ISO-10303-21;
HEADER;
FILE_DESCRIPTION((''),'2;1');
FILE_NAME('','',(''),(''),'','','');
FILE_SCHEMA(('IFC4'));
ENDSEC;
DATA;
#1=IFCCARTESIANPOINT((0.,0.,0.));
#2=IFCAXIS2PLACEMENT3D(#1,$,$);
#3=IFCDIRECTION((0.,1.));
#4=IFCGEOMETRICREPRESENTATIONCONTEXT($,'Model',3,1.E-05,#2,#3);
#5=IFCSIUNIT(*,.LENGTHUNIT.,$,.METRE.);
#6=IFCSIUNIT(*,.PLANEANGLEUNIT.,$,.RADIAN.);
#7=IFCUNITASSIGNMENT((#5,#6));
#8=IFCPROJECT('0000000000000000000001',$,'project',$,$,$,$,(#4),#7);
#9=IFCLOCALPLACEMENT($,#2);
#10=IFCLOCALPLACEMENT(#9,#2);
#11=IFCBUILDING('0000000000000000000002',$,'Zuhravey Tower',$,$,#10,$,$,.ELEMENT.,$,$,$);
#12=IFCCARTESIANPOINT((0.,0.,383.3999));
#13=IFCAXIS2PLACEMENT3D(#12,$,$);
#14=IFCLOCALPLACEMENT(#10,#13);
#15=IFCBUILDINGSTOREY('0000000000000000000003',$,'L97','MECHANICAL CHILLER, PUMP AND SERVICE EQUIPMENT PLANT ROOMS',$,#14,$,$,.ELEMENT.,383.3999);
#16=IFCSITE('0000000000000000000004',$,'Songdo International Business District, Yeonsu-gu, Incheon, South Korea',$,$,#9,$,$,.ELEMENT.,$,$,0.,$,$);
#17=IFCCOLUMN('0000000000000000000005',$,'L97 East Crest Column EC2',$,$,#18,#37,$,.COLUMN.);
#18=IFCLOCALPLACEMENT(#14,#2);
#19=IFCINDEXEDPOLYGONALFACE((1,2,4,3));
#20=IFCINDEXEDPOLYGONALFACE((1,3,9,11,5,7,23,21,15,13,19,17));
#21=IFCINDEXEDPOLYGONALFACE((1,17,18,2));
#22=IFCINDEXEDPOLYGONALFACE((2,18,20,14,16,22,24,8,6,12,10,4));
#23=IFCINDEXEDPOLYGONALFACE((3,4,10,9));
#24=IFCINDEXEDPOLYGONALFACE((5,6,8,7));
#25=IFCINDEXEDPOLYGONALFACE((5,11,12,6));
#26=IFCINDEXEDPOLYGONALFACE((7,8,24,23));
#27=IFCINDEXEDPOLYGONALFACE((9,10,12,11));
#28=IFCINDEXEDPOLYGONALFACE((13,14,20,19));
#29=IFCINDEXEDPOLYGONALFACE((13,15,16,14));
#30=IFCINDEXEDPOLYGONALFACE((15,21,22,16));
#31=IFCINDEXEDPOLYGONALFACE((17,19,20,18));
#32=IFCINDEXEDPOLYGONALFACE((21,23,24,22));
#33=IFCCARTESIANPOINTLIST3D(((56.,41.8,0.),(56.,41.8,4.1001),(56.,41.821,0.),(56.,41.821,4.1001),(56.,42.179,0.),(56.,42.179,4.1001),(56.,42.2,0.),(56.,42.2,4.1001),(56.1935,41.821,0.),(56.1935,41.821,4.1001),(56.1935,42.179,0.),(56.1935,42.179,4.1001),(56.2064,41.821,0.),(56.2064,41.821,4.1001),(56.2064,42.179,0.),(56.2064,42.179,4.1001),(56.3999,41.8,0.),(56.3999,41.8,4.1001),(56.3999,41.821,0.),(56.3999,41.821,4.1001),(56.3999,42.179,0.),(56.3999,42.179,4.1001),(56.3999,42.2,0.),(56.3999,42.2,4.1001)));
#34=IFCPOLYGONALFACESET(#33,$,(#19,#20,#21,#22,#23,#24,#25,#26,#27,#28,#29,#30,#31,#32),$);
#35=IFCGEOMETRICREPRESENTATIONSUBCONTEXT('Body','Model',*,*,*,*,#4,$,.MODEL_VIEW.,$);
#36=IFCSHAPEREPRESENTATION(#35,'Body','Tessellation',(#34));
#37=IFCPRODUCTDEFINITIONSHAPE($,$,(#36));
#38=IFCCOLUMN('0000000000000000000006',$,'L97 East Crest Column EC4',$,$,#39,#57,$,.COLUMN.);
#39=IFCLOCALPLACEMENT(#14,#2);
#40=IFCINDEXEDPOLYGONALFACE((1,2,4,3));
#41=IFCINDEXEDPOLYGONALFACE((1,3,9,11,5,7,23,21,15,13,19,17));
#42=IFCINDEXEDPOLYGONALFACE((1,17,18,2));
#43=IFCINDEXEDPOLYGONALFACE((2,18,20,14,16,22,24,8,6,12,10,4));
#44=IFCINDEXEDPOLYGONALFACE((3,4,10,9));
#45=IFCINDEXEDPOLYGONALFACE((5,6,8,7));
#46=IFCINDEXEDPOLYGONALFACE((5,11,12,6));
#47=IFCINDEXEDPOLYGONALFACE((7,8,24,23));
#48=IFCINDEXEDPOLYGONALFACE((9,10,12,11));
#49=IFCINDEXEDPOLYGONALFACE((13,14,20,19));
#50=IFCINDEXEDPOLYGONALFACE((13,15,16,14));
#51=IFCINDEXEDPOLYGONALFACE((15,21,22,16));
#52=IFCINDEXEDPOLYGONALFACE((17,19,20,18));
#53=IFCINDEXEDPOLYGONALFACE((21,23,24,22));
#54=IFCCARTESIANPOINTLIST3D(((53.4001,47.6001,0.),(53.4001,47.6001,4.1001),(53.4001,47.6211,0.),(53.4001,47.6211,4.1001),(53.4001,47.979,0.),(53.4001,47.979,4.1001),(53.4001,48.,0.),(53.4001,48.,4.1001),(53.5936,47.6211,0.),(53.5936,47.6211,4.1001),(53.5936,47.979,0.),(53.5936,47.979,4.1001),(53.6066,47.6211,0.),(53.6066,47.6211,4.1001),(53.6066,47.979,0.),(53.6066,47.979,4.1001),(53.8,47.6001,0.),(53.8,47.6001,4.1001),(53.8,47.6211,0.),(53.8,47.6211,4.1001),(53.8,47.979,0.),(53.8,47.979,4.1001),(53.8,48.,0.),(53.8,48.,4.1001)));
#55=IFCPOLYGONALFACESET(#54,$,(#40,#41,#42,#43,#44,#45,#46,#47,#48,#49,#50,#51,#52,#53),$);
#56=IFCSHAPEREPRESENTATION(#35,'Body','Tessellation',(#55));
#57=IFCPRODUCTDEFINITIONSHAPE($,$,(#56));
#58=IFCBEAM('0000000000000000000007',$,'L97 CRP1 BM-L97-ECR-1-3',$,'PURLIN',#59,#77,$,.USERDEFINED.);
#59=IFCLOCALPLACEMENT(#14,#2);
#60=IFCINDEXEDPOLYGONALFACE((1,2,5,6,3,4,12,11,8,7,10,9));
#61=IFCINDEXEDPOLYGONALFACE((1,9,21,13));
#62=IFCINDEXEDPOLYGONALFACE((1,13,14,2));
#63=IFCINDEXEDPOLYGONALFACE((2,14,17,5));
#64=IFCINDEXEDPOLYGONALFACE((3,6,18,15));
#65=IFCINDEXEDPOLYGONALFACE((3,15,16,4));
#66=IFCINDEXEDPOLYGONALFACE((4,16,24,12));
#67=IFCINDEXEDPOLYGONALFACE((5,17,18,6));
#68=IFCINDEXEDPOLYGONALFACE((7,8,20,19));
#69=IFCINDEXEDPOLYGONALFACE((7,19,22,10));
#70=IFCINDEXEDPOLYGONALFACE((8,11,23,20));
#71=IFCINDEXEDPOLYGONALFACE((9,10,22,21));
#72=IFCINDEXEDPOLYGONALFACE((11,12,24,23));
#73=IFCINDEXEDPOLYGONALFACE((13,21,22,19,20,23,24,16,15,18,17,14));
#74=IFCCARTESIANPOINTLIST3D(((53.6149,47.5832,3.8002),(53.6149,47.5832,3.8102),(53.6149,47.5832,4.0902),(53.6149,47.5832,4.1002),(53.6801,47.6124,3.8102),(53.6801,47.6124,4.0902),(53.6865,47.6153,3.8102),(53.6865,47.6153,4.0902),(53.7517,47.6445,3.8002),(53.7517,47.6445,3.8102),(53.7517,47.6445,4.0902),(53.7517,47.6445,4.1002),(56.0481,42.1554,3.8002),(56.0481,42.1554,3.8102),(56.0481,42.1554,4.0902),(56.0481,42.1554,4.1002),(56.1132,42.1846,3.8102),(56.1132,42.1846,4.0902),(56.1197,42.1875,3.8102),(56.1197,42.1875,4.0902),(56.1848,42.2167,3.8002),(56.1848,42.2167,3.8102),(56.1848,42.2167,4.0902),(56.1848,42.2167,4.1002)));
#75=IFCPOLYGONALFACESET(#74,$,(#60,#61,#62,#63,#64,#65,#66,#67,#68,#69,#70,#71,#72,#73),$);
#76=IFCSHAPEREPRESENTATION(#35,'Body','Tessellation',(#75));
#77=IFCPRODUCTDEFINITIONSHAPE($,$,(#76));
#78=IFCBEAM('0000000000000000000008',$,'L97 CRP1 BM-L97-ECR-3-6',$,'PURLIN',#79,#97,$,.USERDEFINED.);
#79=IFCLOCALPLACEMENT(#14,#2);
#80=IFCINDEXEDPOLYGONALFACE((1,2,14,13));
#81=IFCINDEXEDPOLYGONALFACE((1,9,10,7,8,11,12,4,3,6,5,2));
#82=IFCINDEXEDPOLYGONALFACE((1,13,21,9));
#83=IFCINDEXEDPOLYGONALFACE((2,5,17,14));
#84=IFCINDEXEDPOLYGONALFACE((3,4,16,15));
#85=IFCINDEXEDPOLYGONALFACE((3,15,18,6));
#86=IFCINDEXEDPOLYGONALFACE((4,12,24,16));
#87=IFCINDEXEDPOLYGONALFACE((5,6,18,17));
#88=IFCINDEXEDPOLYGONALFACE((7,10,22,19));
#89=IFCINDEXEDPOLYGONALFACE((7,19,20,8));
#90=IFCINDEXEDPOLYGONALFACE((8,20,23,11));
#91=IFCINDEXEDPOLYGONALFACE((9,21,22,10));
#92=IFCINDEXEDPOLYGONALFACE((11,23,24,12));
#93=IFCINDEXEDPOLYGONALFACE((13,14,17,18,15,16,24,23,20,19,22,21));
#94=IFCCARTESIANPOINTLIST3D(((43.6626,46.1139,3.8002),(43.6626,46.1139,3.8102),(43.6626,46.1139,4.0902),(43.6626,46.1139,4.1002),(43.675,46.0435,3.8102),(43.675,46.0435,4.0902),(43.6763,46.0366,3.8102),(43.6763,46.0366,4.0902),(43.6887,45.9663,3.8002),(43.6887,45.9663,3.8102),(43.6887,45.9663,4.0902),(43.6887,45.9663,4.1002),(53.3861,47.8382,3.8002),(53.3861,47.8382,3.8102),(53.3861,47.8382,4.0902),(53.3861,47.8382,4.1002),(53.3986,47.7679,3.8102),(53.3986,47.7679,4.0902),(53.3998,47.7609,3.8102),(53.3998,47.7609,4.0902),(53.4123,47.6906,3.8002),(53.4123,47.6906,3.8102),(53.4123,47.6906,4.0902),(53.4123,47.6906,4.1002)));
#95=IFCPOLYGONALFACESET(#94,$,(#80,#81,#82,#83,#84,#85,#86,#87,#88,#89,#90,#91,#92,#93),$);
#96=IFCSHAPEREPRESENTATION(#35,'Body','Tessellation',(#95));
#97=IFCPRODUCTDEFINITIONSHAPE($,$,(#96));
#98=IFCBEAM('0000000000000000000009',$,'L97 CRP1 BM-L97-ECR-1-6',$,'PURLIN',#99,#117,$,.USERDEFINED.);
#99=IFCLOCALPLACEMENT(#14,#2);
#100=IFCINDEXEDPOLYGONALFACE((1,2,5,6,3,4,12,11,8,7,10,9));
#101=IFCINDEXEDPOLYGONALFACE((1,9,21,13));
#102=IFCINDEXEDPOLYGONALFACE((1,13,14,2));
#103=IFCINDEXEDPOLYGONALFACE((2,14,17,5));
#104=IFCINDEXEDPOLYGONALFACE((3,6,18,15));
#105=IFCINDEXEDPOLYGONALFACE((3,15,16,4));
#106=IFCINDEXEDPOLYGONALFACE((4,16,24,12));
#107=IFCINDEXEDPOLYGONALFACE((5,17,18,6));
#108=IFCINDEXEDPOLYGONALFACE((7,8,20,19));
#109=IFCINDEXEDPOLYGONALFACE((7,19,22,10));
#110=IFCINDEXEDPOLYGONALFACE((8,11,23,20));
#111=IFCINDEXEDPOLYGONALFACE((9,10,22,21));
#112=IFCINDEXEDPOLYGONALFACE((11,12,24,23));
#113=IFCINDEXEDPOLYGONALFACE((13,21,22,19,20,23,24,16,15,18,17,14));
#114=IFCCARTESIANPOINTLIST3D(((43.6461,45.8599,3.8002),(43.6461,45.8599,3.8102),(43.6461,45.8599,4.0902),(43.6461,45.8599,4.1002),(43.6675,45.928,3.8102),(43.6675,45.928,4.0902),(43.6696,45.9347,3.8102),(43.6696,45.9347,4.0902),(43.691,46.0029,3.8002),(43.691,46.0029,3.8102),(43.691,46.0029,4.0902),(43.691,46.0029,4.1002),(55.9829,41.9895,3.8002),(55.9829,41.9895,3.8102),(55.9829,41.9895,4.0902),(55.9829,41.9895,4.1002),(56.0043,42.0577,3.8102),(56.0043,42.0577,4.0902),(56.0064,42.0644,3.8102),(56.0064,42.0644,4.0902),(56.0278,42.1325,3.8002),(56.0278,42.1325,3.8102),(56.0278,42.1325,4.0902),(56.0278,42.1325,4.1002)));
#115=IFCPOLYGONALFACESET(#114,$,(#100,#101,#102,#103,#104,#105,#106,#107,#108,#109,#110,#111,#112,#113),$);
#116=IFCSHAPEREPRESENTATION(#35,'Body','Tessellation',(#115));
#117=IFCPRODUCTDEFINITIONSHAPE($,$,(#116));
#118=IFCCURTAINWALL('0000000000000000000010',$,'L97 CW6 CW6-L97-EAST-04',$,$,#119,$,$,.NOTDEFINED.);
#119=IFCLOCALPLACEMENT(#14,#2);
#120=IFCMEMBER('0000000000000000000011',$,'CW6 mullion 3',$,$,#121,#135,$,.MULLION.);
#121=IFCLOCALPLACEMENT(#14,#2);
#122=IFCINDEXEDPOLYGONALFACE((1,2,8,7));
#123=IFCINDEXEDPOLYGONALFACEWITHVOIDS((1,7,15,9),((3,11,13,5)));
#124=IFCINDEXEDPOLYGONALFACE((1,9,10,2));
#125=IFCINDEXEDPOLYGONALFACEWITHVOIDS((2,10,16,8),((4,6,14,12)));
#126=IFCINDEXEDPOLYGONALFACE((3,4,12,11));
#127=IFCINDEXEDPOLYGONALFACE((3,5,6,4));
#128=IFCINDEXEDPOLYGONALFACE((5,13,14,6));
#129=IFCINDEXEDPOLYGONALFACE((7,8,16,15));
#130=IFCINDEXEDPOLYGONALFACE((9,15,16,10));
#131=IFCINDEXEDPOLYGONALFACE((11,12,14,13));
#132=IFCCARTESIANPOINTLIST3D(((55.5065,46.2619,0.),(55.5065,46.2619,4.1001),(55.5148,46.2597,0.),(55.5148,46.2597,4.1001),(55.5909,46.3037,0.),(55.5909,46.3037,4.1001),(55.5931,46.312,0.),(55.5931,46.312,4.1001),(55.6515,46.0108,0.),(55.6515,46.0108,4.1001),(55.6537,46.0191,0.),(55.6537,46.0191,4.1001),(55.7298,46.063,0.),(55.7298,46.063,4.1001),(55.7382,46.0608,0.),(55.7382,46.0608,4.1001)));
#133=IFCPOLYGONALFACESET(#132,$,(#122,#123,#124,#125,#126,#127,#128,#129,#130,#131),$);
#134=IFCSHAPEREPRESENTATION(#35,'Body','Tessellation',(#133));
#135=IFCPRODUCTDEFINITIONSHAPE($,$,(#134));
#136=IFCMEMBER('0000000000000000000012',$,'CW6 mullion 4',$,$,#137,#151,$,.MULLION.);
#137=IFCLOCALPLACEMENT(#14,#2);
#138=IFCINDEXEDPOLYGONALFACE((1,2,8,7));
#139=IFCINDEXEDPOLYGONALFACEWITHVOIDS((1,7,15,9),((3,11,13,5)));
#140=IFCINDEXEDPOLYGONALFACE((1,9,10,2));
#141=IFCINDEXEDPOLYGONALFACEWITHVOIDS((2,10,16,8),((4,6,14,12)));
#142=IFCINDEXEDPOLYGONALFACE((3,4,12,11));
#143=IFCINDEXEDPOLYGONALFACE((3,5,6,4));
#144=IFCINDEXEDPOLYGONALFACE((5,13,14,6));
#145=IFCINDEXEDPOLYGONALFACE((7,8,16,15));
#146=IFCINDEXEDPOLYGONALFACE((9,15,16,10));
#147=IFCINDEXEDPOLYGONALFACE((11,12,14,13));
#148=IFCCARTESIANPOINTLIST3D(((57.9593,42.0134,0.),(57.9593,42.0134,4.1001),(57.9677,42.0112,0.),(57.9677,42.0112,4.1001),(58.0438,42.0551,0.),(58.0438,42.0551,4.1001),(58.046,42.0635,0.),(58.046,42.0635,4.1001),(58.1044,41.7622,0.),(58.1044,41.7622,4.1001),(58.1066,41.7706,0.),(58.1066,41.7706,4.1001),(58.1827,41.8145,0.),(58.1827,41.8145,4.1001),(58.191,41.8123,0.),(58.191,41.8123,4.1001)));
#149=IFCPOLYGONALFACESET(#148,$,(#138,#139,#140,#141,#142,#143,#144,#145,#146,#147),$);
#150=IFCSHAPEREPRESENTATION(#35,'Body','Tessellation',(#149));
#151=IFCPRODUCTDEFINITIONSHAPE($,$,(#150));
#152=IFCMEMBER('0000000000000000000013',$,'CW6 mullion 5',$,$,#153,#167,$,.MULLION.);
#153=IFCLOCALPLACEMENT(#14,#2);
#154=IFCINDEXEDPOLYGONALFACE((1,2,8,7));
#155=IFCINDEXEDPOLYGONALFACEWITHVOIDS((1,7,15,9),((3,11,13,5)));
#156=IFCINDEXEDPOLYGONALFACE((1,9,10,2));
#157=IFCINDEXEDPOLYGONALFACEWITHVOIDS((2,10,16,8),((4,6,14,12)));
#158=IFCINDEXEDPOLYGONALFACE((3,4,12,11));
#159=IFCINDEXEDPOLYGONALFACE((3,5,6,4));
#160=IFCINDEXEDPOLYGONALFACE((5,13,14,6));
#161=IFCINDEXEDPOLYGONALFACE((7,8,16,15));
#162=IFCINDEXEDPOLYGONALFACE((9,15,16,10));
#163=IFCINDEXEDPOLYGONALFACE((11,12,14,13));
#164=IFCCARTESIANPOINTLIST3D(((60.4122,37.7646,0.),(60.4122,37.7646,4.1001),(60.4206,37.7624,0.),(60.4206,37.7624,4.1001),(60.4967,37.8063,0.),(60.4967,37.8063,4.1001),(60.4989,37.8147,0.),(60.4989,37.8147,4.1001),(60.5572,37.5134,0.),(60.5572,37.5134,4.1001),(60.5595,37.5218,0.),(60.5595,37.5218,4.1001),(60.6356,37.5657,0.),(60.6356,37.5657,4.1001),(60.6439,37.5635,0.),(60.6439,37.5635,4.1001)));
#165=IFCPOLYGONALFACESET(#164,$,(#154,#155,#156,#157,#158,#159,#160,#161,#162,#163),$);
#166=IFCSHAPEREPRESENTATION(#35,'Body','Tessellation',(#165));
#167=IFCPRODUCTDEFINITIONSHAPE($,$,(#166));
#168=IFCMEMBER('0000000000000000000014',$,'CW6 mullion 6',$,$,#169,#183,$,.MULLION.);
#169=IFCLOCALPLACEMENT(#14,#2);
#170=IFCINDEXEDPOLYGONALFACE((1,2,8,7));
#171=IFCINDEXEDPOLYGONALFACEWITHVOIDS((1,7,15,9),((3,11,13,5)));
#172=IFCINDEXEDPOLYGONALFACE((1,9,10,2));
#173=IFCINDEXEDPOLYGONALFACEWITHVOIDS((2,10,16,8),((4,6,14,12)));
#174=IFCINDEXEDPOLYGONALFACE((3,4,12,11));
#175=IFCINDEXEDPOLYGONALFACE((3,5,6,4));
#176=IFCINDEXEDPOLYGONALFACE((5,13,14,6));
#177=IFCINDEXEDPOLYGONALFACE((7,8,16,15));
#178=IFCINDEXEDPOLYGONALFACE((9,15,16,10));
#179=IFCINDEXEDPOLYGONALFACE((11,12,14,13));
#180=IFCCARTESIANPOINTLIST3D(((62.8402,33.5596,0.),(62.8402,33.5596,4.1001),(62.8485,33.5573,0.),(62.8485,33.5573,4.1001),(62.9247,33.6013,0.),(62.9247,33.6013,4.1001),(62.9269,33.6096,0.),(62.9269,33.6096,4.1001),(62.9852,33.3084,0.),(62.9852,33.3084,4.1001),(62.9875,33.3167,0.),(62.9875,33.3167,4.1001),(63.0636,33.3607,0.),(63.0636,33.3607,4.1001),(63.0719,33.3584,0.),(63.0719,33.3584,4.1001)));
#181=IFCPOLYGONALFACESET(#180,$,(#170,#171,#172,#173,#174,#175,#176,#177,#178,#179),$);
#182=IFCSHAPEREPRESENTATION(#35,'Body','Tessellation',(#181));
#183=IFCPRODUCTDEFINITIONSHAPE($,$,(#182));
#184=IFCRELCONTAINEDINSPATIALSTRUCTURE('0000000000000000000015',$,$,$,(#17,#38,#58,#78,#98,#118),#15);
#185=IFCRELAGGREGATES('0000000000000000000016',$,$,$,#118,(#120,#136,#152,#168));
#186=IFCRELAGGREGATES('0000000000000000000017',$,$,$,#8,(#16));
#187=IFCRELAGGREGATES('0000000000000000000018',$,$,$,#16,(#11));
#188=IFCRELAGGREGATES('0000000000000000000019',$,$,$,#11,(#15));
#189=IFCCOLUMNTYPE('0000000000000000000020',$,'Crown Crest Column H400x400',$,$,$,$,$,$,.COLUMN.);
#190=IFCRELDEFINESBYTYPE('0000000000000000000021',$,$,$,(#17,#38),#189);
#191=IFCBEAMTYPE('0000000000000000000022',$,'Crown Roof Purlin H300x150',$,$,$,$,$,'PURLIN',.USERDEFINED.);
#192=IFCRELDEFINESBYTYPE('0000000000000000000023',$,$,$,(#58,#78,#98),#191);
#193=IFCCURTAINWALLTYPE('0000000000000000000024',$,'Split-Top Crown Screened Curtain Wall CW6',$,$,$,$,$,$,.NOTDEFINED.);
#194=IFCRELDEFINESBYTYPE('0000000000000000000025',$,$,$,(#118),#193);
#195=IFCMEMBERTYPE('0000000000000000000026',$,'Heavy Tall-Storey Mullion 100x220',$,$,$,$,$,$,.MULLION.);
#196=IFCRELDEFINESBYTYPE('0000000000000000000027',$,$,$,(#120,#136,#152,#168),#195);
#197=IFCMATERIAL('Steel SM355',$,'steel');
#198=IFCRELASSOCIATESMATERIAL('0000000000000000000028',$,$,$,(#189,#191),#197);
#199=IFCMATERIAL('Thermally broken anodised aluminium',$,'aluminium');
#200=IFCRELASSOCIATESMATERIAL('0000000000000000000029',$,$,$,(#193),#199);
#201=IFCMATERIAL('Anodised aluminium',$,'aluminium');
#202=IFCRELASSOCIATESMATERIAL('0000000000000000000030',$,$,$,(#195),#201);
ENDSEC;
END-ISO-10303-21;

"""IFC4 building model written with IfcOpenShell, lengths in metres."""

from ifc_helpers import new_model, si_unit, direction, frame, origin, origin_2d, place, context, subcontext, project, spatial, hollow_rectangle, i_section, extrude, material, material_profile, profile_set, type_object, element, aggregate, save


model = new_model("IFC4")

# Units and contexts
model_context = context("Model", 3, precision=1e-05, world=origin(), true_north=direction((0.0, 1.0)))
body_context = subcontext(model_context, "Body", "Model", "MODEL_VIEW")
ifc_project = project(units=[si_unit("LENGTHUNIT", "METRE"), si_unit("PLANEANGLEUNIT", "RADIAN")], contexts=[model_context])

# Site, building, storey
site_placement = place(None, origin())
site = spatial("IfcSite", under=ifc_project, at=site_placement, Name="Songdo International Business District, Yeonsu-gu, Incheon, South Korea", CompositionType="ELEMENT", RefElevation=0.0)
building_placement = place(site_placement, origin())
building = spatial("IfcBuilding", under=site, at=building_placement, Name="Zuhravey Tower", CompositionType="ELEMENT")
storey_placement = place(building_placement, frame((0.0, 0.0, 383.3999)))
storey = spatial("IfcBuildingStorey", under=building, at=storey_placement, Name="L97", Description="MECHANICAL CHILLER, PUMP AND SERVICE EQUIPMENT PLANT ROOMS", CompositionType="ELEMENT", Elevation=383.3999)

# Columns
ifc_material_1 = material(Name="Steel SM355", Category="steel")
ifc_material_profile_1 = material_profile(ifc_material_1, i_section(OverallWidth=0.3999, OverallDepth=0.3999, WebThickness=0.0129, FlangeThickness=0.021, at=origin_2d()), Name="H-400x400x13x21")
ifc_profile_set_1 = profile_set([ifc_material_profile_1], Name="Steel SM355")
column_type = type_object("IfcColumnType", Name="Crown Crest Column H400x400", PredefinedType="COLUMN", material=ifc_profile_set_1)
for number, where, z_axis, x_axis, name in (
    (1, (56.2, 42.0, 0.0), (0.0, 0.0, 1.0), (1.0, 0.0, 0.0), "L97 East Crest Column EC2"),
    (2, (53.6001, 47.8, 0.0), (0.0, 0.0, 1.0), (1.0, 0.0, 0.0), "L97 East Crest Column EC4"),
):
    element("IfcColumn", number, at=place(storey_placement, frame(where, z_axis=z_axis, x_axis=x_axis)), inside=storey, type_object=column_type, Name=name, PredefinedType="COLUMN", context=body_context, shape_type="SweptSolid", body=[
        extrude(i_section(OverallWidth=0.3999, OverallDepth=0.3999, WebThickness=0.0129, FlangeThickness=0.021, at=origin_2d()), origin(), (0.0, 0.0, 1.0), 4.1001),
    ])

# Beams
ifc_material_profile_2 = material_profile(ifc_material_1, i_section(OverallWidth=0.1499, OverallDepth=0.3, WebThickness=0.0071, FlangeThickness=0.01, at=origin_2d()), Name="H-300x150x7x10")
ifc_profile_set_2 = profile_set([ifc_material_profile_2], Name="Steel SM355")
beam_type = type_object("IfcBeamType", Name="Crown Roof Purlin H300x150", ElementType="PURLIN", PredefinedType="USERDEFINED", material=ifc_profile_set_2)
beam_1_placement = place(storey_placement, frame((56.1165, 42.186, 3.9502), z_axis=(-0.409054, 0.91251, 0.0), x_axis=(-0.91251, -0.409054, 0.0)))
element("IfcBeam", 3, at=beam_1_placement, inside=storey, type_object=beam_type, Name="L97 CRP1 BM-L97-ECR-1-3", ObjectType="PURLIN", PredefinedType="USERDEFINED", context=body_context, shape_type="SweptSolid", body=[
    extrude(i_section(OverallWidth=0.1499, OverallDepth=0.3, WebThickness=0.0071, FlangeThickness=0.01, at=origin_2d()), origin(), (0.0, 0.0, 1.0), 5.9482),
])
beam_2_placement = place(storey_placement, frame((53.3992, 47.7644, 3.9502), z_axis=(-0.984637, -0.174613, 0.0), x_axis=(0.174613, -0.984637, 0.0)))
element("IfcBeam", 4, at=beam_2_placement, inside=storey, type_object=beam_type, Name="L97 CRP1 BM-L97-ECR-3-6", ObjectType="PURLIN", PredefinedType="USERDEFINED", context=body_context, shape_type="SweptSolid", body=[
    extrude(i_section(OverallWidth=0.1499, OverallDepth=0.3, WebThickness=0.0071, FlangeThickness=0.01, at=origin_2d()), origin(), (0.0, 0.0, 1.0), 9.8752),
])
beam_3_placement = place(storey_placement, frame((56.0054, 42.061, 3.9502), z_axis=(-0.954147, 0.299337, 0.0), x_axis=(-0.299337, -0.954147, 0.0)))
element("IfcBeam", 5, at=beam_3_placement, inside=storey, type_object=beam_type, Name="L97 CRP1 BM-L97-ECR-1-6", ObjectType="PURLIN", PredefinedType="USERDEFINED", context=body_context, shape_type="SweptSolid", body=[
    extrude(i_section(OverallWidth=0.1499, OverallDepth=0.3, WebThickness=0.0071, FlangeThickness=0.01, at=origin_2d()), origin(), (0.0, 0.0, 1.0), 12.9297),
])

# Curtain wall, members
ifc_material_2 = material(Name="Thermally broken anodised aluminium", Category="aluminium")
curtain_wall_type = type_object("IfcCurtainWallType", Name="Split-Top Crown Screened Curtain Wall CW6", PredefinedType="NOTDEFINED", material=ifc_material_2)
curtain_wall_1_placement = place(storey_placement, origin())
curtain_wall_1 = element("IfcCurtainWall", 6, at=curtain_wall_1_placement, inside=storey, type_object=curtain_wall_type, Name="L97 CW6 CW6-L97-EAST-04", PredefinedType="NOTDEFINED")
ifc_material_3 = material(Name="Anodised aluminium", Category="aluminium")
ifc_material_profile_3 = material_profile(ifc_material_3, hollow_rectangle(XDim=0.1001, YDim=0.29, WallThickness=0.0061, at=origin_2d()), Name="ALU-RHS-100x290x6")
ifc_profile_set_3 = profile_set([ifc_material_profile_3], Name="Anodised aluminium")
member_type_1 = type_object("IfcMemberType", Name="Heavy Tall-Storey Mullion 100x220", PredefinedType="MULLION", material=ifc_profile_set_3)
member_1_placement = place(storey_placement, frame((55.6223, 46.1614, 0.0), z_axis=(0.0, 0.0, 1.0), x_axis=(0.866027, 0.499997, 0.0)))
member_1 = element("IfcMember", 7, at=member_1_placement, type_object=member_type_1, Name="CW6 mullion 3", PredefinedType="MULLION", context=body_context, shape_type="SweptSolid", body=[
    extrude(hollow_rectangle(XDim=0.1001, YDim=0.29, WallThickness=0.0061, at=origin_2d()), origin(), (0.0, 0.0, 1.0), 4.1001),
])
member_2_placement = place(storey_placement, frame((58.0752, 41.9128, 0.0), z_axis=(0.0, 0.0, 1.0), x_axis=(0.866027, 0.499997, 0.0)))
member_2 = element("IfcMember", 8, at=member_2_placement, type_object=member_type_1, Name="CW6 mullion 4", PredefinedType="MULLION", context=body_context, shape_type="SweptSolid", body=[
    extrude(hollow_rectangle(XDim=0.1001, YDim=0.29, WallThickness=0.0061, at=origin_2d()), origin(), (0.0, 0.0, 1.0), 4.1001),
])
member_3_placement = place(storey_placement, frame((60.5281, 37.6641, 0.0), z_axis=(0.0, 0.0, 1.0), x_axis=(0.866027, 0.499997, 0.0)))
member_3 = element("IfcMember", 9, at=member_3_placement, type_object=member_type_1, Name="CW6 mullion 5", PredefinedType="MULLION", context=body_context, shape_type="SweptSolid", body=[
    extrude(hollow_rectangle(XDim=0.1001, YDim=0.29, WallThickness=0.0061, at=origin_2d()), origin(), (0.0, 0.0, 1.0), 4.1001),
])
member_4_placement = place(storey_placement, frame((62.9561, 33.459, 0.0), z_axis=(0.0, 0.0, 1.0), x_axis=(0.866027, 0.499997, 0.0)))
member_4 = element("IfcMember", 10, at=member_4_placement, type_object=member_type_1, Name="CW6 mullion 6", PredefinedType="MULLION", context=body_context, shape_type="SweptSolid", body=[
    extrude(hollow_rectangle(XDim=0.1001, YDim=0.29, WallThickness=0.0061, at=origin_2d()), origin(), (0.0, 0.0, 1.0), 4.1001),
])

aggregate(curtain_wall_1, [member_1, member_2, member_3, member_4])

save(model, "model.ifc")
